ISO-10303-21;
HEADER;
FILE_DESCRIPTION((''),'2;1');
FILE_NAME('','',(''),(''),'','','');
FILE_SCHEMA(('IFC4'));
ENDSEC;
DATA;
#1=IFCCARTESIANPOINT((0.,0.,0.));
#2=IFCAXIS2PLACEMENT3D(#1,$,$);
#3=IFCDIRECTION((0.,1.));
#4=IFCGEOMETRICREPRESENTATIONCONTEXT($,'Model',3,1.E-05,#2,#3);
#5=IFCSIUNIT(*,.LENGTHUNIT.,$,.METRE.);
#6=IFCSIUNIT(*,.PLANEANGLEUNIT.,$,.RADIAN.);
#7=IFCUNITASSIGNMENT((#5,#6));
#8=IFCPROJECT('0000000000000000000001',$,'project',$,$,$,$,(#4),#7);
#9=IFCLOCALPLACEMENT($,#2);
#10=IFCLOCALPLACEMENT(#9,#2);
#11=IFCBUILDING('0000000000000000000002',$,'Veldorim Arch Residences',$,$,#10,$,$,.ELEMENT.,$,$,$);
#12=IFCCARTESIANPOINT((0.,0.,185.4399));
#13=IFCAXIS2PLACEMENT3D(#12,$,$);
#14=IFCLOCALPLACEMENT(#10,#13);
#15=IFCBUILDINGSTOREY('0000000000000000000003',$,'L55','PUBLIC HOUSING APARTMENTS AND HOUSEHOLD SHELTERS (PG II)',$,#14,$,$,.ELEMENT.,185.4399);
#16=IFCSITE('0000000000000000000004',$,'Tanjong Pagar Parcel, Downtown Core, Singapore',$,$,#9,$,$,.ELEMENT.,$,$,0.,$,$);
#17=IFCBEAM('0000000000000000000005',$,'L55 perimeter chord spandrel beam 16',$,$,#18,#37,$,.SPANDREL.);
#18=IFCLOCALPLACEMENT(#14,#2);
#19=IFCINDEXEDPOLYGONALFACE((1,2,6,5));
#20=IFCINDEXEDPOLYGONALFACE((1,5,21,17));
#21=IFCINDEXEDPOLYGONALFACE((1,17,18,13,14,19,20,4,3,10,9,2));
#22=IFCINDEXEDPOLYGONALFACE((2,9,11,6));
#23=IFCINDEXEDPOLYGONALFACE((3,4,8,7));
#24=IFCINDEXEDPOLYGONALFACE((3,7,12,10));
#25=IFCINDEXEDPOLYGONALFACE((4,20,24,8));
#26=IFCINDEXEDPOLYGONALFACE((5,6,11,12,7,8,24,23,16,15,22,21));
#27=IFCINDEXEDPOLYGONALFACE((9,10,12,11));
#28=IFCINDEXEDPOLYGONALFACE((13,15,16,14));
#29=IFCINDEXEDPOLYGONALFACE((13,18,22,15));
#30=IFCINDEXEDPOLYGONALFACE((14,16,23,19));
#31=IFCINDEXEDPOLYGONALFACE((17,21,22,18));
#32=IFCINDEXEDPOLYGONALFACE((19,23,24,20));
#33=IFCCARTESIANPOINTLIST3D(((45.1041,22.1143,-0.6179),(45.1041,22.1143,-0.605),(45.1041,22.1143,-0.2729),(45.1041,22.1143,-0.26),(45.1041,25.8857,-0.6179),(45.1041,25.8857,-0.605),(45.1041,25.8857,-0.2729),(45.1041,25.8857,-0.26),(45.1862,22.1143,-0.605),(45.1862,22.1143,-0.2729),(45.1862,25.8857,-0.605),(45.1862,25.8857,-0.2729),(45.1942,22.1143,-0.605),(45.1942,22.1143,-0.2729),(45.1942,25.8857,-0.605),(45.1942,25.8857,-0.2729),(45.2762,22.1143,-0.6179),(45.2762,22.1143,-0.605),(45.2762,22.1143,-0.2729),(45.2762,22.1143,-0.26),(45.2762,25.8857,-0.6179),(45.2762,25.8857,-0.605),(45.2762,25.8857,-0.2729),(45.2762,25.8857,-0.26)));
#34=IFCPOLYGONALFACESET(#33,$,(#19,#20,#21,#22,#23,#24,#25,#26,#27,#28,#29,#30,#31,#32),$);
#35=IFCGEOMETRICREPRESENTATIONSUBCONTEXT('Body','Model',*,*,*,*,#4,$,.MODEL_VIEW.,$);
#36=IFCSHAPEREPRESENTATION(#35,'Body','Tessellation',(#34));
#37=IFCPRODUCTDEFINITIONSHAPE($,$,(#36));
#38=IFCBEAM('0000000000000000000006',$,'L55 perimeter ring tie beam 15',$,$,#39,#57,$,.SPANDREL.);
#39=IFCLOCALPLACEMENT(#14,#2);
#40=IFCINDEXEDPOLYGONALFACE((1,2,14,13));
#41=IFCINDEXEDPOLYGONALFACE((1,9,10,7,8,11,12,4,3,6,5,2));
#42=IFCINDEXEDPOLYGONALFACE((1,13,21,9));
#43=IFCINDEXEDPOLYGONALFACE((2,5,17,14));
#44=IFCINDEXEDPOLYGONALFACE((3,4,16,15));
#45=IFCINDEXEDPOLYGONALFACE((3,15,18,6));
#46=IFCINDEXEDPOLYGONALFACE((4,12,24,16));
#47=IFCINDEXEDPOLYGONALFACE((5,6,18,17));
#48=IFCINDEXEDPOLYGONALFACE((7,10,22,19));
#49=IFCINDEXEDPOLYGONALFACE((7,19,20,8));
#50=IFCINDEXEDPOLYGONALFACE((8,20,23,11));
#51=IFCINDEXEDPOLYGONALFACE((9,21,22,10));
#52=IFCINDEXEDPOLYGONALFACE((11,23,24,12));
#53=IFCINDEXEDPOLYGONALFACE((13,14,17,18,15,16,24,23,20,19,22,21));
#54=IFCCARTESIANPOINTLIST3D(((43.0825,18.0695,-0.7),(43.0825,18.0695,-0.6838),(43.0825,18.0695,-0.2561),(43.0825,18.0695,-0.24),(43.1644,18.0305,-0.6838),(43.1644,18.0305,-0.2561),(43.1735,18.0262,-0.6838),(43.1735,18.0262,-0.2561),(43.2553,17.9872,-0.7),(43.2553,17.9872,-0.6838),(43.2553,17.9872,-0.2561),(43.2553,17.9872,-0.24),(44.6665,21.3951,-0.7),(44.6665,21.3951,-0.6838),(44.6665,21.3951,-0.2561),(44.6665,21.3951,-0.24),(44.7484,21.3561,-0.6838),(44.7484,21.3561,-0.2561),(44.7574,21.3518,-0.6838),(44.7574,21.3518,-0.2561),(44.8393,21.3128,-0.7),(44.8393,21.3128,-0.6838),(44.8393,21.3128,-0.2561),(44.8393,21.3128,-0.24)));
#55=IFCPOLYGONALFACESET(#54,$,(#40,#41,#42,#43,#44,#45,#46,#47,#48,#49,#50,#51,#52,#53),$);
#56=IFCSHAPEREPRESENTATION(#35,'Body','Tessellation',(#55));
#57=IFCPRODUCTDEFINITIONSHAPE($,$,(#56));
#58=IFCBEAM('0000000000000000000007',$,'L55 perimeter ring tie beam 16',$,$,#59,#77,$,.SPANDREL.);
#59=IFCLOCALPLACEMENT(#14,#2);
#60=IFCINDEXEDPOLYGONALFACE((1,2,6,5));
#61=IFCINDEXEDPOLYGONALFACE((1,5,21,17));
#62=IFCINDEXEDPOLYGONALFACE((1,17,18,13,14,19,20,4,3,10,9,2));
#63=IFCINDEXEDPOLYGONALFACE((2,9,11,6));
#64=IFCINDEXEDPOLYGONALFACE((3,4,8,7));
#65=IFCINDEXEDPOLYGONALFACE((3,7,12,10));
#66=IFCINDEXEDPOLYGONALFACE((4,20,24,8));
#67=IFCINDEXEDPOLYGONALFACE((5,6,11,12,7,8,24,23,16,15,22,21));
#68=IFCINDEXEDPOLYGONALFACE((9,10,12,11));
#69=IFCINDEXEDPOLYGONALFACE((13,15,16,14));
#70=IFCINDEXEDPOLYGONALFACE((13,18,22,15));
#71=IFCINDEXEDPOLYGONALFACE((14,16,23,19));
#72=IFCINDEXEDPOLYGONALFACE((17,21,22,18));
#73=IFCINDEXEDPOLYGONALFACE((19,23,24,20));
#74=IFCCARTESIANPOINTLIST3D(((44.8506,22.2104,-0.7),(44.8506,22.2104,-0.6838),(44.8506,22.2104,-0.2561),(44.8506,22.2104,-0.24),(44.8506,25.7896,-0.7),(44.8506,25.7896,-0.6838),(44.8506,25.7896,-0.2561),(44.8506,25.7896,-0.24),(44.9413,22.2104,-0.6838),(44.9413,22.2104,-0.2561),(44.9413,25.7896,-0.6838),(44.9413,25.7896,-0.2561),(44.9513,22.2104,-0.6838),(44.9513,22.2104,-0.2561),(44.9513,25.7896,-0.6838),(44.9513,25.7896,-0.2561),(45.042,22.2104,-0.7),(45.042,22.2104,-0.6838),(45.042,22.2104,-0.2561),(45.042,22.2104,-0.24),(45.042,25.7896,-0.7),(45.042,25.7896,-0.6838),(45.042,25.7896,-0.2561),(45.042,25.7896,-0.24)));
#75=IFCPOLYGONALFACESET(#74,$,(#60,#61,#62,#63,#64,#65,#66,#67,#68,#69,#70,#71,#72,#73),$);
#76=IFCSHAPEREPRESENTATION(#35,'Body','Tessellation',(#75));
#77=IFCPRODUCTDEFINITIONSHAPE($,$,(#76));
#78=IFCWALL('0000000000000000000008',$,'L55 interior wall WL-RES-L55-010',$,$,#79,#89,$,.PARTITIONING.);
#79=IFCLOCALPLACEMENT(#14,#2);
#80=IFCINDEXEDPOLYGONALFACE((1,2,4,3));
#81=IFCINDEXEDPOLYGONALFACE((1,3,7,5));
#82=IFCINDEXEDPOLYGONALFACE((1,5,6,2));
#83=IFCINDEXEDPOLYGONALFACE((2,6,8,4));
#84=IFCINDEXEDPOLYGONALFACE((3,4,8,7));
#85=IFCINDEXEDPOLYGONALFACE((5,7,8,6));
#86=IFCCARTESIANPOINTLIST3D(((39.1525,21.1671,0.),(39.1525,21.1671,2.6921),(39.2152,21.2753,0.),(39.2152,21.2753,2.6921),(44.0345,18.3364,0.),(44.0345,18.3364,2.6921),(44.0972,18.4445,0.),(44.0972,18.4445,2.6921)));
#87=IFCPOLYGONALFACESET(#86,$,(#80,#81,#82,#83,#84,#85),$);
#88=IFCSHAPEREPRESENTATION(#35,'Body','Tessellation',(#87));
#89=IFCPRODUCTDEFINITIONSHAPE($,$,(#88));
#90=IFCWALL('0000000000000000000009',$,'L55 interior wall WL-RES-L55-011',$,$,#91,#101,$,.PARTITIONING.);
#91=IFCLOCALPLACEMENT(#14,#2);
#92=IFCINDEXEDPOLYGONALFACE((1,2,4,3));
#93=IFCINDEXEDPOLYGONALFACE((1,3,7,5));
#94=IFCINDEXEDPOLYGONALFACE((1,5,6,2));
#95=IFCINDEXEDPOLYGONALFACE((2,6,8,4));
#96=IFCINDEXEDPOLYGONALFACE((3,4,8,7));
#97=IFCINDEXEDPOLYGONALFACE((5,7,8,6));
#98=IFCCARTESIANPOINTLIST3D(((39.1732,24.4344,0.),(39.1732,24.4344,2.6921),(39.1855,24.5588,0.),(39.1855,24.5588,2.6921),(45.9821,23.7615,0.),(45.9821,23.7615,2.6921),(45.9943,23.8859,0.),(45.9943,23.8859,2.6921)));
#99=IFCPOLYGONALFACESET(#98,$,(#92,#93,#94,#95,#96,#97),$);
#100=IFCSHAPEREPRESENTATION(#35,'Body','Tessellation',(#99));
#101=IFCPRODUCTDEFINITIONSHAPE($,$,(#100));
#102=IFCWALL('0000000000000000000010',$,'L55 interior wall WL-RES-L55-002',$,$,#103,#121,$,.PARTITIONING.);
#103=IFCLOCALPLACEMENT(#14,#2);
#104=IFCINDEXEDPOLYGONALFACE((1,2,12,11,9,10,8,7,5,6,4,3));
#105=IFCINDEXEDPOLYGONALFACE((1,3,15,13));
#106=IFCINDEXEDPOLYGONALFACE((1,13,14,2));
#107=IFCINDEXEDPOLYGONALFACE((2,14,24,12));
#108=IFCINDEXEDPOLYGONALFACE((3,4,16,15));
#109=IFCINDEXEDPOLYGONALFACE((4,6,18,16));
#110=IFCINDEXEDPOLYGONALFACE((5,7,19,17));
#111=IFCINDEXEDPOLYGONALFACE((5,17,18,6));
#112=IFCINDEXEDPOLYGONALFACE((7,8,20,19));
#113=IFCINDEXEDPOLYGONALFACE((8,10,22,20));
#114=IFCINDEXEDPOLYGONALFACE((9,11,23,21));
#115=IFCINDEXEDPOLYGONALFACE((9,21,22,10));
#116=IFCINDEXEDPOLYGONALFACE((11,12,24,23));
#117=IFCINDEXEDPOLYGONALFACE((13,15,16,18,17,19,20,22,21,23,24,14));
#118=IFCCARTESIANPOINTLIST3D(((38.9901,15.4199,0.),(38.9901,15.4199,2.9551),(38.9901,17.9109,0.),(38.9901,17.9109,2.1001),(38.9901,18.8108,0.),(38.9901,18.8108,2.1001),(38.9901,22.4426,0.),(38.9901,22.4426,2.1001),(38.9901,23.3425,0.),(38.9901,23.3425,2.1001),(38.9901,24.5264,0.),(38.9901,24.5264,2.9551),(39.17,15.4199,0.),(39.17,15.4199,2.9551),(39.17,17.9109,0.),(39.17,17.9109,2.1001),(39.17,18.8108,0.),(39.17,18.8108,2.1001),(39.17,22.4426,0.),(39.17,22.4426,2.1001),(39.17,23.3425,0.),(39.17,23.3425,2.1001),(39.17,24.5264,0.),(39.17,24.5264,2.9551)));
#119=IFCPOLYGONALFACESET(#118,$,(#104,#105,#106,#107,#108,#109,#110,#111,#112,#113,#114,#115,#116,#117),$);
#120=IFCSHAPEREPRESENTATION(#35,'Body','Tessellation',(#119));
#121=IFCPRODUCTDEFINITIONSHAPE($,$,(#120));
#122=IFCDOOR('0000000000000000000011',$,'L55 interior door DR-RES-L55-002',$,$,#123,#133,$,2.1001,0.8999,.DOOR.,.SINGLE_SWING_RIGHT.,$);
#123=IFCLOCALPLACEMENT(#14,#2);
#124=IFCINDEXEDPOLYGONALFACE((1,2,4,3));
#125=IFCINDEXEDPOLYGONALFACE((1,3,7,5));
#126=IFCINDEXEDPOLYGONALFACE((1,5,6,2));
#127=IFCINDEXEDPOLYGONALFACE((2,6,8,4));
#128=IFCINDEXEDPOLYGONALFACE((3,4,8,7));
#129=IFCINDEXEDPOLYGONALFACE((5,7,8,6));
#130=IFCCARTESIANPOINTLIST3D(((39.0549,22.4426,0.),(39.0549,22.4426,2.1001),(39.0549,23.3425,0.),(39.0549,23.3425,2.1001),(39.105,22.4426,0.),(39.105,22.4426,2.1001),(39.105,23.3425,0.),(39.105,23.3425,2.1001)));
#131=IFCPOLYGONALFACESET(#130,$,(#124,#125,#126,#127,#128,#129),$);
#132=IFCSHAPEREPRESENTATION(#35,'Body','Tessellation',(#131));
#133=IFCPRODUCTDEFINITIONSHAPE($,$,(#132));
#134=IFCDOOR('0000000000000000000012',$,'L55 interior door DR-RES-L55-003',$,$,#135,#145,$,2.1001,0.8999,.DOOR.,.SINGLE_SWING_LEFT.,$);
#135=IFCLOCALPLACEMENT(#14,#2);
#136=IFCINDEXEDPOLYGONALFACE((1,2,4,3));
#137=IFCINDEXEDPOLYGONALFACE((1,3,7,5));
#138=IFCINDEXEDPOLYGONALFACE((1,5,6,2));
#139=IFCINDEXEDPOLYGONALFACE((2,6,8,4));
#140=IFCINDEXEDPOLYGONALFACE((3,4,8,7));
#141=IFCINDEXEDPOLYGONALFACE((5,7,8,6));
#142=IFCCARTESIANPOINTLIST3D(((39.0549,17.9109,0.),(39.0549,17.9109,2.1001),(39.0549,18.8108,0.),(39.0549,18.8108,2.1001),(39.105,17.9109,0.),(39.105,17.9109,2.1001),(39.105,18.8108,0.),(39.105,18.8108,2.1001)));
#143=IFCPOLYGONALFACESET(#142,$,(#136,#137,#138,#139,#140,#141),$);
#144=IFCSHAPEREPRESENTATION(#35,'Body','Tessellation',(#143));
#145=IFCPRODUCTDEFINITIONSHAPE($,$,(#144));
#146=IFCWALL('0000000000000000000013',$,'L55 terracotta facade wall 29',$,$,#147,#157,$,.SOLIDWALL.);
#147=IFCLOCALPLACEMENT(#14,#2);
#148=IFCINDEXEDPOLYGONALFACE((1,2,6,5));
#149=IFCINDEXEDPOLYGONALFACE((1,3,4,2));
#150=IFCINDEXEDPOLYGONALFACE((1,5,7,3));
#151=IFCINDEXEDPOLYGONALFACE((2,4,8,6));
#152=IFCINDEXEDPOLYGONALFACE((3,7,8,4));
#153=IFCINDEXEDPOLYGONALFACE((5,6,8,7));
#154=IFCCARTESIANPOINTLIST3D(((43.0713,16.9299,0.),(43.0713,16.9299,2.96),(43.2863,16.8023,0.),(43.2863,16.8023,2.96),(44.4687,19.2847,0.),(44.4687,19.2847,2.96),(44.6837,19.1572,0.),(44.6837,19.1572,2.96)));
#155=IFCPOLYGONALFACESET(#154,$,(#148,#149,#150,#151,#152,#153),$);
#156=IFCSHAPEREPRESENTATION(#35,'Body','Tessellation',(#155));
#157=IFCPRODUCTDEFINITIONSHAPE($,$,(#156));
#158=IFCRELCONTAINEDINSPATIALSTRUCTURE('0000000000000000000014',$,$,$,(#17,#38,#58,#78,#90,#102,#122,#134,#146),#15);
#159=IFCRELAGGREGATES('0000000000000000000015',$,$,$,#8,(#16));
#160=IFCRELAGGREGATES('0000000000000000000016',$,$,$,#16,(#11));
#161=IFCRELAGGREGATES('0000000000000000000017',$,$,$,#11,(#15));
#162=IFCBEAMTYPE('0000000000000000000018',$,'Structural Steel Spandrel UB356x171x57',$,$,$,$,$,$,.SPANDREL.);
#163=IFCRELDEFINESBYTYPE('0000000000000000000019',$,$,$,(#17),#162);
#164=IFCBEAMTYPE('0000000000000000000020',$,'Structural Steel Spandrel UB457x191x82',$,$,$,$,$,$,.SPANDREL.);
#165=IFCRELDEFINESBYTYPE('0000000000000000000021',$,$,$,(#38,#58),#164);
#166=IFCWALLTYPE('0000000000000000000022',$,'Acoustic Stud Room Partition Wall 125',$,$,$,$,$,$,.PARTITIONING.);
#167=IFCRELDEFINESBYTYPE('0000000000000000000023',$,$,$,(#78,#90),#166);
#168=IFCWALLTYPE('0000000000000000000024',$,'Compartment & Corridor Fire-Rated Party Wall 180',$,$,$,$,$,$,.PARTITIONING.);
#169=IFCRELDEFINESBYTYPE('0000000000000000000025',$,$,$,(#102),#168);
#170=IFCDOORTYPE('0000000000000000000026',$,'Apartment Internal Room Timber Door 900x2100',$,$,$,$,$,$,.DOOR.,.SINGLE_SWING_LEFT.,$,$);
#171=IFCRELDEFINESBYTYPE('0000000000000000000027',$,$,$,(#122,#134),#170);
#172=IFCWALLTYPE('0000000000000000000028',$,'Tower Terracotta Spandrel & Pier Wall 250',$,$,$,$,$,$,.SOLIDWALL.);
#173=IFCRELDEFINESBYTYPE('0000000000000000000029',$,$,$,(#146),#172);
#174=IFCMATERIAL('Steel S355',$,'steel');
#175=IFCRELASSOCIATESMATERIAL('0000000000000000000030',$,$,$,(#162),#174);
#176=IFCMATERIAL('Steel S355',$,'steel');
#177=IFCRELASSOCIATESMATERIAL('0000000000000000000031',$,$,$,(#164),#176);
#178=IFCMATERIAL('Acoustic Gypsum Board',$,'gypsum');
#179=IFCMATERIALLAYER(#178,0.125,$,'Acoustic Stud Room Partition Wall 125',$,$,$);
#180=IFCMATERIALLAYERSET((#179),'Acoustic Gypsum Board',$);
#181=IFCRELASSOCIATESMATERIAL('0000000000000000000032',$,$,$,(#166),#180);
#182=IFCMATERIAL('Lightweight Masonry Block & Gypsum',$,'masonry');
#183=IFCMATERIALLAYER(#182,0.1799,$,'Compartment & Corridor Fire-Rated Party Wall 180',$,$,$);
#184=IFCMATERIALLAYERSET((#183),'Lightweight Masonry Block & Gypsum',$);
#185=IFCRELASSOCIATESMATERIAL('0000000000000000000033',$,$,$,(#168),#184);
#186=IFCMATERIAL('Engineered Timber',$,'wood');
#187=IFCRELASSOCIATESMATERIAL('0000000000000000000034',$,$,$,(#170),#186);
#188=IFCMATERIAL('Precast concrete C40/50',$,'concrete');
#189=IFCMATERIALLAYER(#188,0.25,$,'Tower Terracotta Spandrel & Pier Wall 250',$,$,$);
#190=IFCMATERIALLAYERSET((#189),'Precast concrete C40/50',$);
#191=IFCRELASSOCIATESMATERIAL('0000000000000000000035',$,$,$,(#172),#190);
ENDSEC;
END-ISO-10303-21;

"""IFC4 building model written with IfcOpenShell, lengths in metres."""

from ifc_helpers import new_model, si_unit, direction, frame, frame_2d, origin, origin_2d, place, context, subcontext, project, spatial, rectangle, i_section, extrude, material, layer, layer_set, material_profile, profile_set, type_object, element, fill, save


model = new_model("IFC4")

# Units and contexts
model_context = context("Model", 3, precision=1e-05, world=origin(), true_north=direction((0.0, 1.0)))
body_context = subcontext(model_context, "Body", "Model", "MODEL_VIEW")
ifc_project = project(units=[si_unit("LENGTHUNIT", "METRE"), si_unit("PLANEANGLEUNIT", "RADIAN")], contexts=[model_context])

# Site, building, storey
site_placement = place(None, origin())
site = spatial("IfcSite", under=ifc_project, at=site_placement, Name="Tanjong Pagar Parcel, Downtown Core, Singapore", CompositionType="ELEMENT", RefElevation=0.0)
building_placement = place(site_placement, origin())
building = spatial("IfcBuilding", under=site, at=building_placement, Name="Veldorim Arch Residences", CompositionType="ELEMENT")
storey_placement = place(building_placement, frame((0.0, 0.0, 185.4399)))
storey = spatial("IfcBuildingStorey", under=building, at=storey_placement, Name="L55", Description="PUBLIC HOUSING APARTMENTS AND HOUSEHOLD SHELTERS (PG II)", CompositionType="ELEMENT", Elevation=185.4399)

# Beams
ifc_material_1 = material(Name="Steel S355", Category="steel")
ifc_material_profile_1 = material_profile(ifc_material_1, i_section(OverallWidth=0.1721, OverallDepth=0.3579, WebThickness=0.0081, FlangeThickness=0.0129, at=origin_2d()), Name="UB356x171x57")
ifc_profile_set_1 = profile_set([ifc_material_profile_1], Name="Steel S355")
beam_type_1 = type_object("IfcBeamType", Name="Structural Steel Spandrel UB356x171x57", PredefinedType="SPANDREL", material=ifc_profile_set_1)
beam_1_placement = place(storey_placement, frame((45.1902, 22.1143, -0.439), z_axis=(0.0, 1.0, 0.0), x_axis=(-1.0, 0.0, 0.0)))
element("IfcBeam", 1, at=beam_1_placement, inside=storey, type_object=beam_type_1, Name="L55 perimeter chord spandrel beam 16", PredefinedType="SPANDREL", context=body_context, shape_type="SweptSolid", body=[
    extrude(i_section(OverallWidth=0.1721, OverallDepth=0.3579, WebThickness=0.0081, FlangeThickness=0.0129, at=origin_2d()), origin(), (0.0, 0.0, 1.0), 3.7715),
])
ifc_material_2 = material(Name="Steel S355", Category="steel")
ifc_material_profile_2 = material_profile(ifc_material_2, i_section(OverallWidth=0.1914, OverallDepth=0.46, WebThickness=0.01, FlangeThickness=0.0161, at=origin_2d()), Name="UB457x191x82")
ifc_profile_set_2 = profile_set([ifc_material_profile_2], Name="Steel S355")
beam_type_2 = type_object("IfcBeamType", Name="Structural Steel Spandrel UB457x191x82", PredefinedType="SPANDREL", material=ifc_profile_set_2)
beam_2_placement = place(storey_placement, frame((43.1689, 18.0283, -0.47), z_axis=(0.430006, 0.902826, 0.0), x_axis=(-0.902826, 0.430006, 0.0)))
element("IfcBeam", 2, at=beam_2_placement, inside=storey, type_object=beam_type_2, Name="L55 perimeter ring tie beam 15", PredefinedType="SPANDREL", context=body_context, shape_type="SweptSolid", body=[
    extrude(i_section(OverallWidth=0.1914, OverallDepth=0.46, WebThickness=0.01, FlangeThickness=0.0161, at=origin_2d()), origin(), (0.0, 0.0, 1.0), 3.6836),
])
beam_3_placement = place(storey_placement, frame((44.9463, 22.2104, -0.47), z_axis=(0.0, 1.0, 0.0), x_axis=(-1.0, 0.0, 0.0)))
element("IfcBeam", 3, at=beam_3_placement, inside=storey, type_object=beam_type_2, Name="L55 perimeter ring tie beam 16", PredefinedType="SPANDREL", context=body_context, shape_type="SweptSolid", body=[
    extrude(i_section(OverallWidth=0.1914, OverallDepth=0.46, WebThickness=0.01, FlangeThickness=0.0161, at=origin_2d()), origin(), (0.0, 0.0, 1.0), 3.5791),
])

# Walls
ifc_material_3 = material(Name="Acoustic Gypsum Board", Category="gypsum")
ifc_layer_1 = layer(ifc_material_3, 0.125, Name="Acoustic Stud Room Partition Wall 125")
ifc_layer_set_1 = layer_set([ifc_layer_1], Name="Acoustic Gypsum Board")
wall_type_1 = type_object("IfcWallType", Name="Acoustic Stud Room Partition Wall 125", PredefinedType="PARTITIONING", material=ifc_layer_set_1)
wall_1_placement = place(storey_placement, frame((44.0659, 18.3904, 0.0), z_axis=(0.0, 0.0, 1.0), x_axis=(-0.865092, 0.501613, 0.0)))
element("IfcWall", 4, at=wall_1_placement, inside=storey, type_object=wall_type_1, Name="L55 interior wall WL-RES-L55-010", PredefinedType="PARTITIONING", context=body_context, shape_type="SweptSolid", body=[
    extrude(rectangle(XDim=5.6433, YDim=0.125, at=frame_2d((2.8218, 0.0))), origin(), (0.0, 0.0, 1.0), 2.6921),
])
wall_2_placement = place(storey_placement, frame((39.1794, 24.4966, 0.0), z_axis=(0.0, 0.0, 1.0), x_axis=(0.995153, -0.098341, 0.0)))
element("IfcWall", 5, at=wall_2_placement, inside=storey, type_object=wall_type_1, Name="L55 interior wall WL-RES-L55-011", PredefinedType="PARTITIONING", context=body_context, shape_type="SweptSolid", body=[
    extrude(rectangle(XDim=6.842, YDim=0.125, at=frame_2d((3.4209, 0.0))), origin(), (0.0, 0.0, 1.0), 2.6921),
])

# Wall, openings, doors
ifc_material_4 = material(Name="Lightweight Masonry Block & Gypsum", Category="masonry")
ifc_layer_2 = layer(ifc_material_4, 0.1799, Name="Compartment & Corridor Fire-Rated Party Wall 180")
ifc_layer_set_2 = layer_set([ifc_layer_2], Name="Lightweight Masonry Block & Gypsum")
wall_type_2 = type_object("IfcWallType", Name="Compartment & Corridor Fire-Rated Party Wall 180", PredefinedType="PARTITIONING", material=ifc_layer_set_2)
wall_3_placement = place(storey_placement, frame((39.0801, 24.5264, 0.0), z_axis=(0.0, 0.0, 1.0), x_axis=(0.0, -1.0, 0.0)))
wall_3 = element("IfcWall", 6, at=wall_3_placement, inside=storey, type_object=wall_type_2, Name="L55 interior wall WL-RES-L55-002", PredefinedType="PARTITIONING", context=body_context, shape_type="SweptSolid", body=[
    extrude(rectangle(XDim=9.1064, YDim=0.1799, at=frame_2d((4.5532, 0.0))), origin(), (0.0, 0.0, 1.0), 2.9551),
])
opening_1_placement = place(wall_3_placement, frame((1.1838, 0.0, 0.0)))
opening_1 = element("IfcOpeningElement", 7, at=opening_1_placement, cuts=wall_3, PredefinedType="OPENING", context=body_context, shape_type="SweptSolid", body=[
    extrude(rectangle(XDim=0.8999, YDim=2.1001, at=frame_2d((0.45, 1.05))), frame((0.0, 0.0999, 0.0), z_axis=(0.0, -1.0, 0.0), x_axis=(1.0, 0.0, 0.0)), (0.0, 0.0, 1.0), 0.2),
])
opening_2_placement = place(wall_3_placement, frame((5.7156, 0.0, 0.0)))
opening_2 = element("IfcOpeningElement", 8, at=opening_2_placement, cuts=wall_3, PredefinedType="OPENING", context=body_context, shape_type="SweptSolid", body=[
    extrude(rectangle(XDim=0.8999, YDim=2.1001, at=frame_2d((0.45, 1.05))), frame((0.0, 0.0999, 0.0), z_axis=(0.0, -1.0, 0.0), x_axis=(1.0, 0.0, 0.0)), (0.0, 0.0, 1.0), 0.2),
])
ifc_material_5 = material(Name="Engineered Timber", Category="wood")
door_type = type_object("IfcDoorType", Name="Apartment Internal Room Timber Door 900x2100", OperationType="SINGLE_SWING_LEFT", PredefinedType="DOOR", material=ifc_material_5)
door_1_placement = place(opening_1_placement, origin())
door_1 = element("IfcDoor", 9, at=door_1_placement, inside=storey, type_object=door_type, Name="L55 interior door DR-RES-L55-002", OperationType="SINGLE_SWING_RIGHT", OverallHeight=2.1001, OverallWidth=0.8999, PredefinedType="DOOR", context=body_context, shape_type="SweptSolid", body=[
    extrude(rectangle(XDim=0.8999, YDim=2.1001, at=frame_2d((0.45, 1.05))), frame((0.0, 0.0249, 0.0), z_axis=(0.0, -1.0, 0.0), x_axis=(1.0, 0.0, 0.0)), (0.0, 0.0, 1.0), 0.05),
])
fill(opening_1, door_1)
door_2_placement = place(opening_2_placement, origin())
door_2 = element("IfcDoor", 10, at=door_2_placement, inside=storey, type_object=door_type, Name="L55 interior door DR-RES-L55-003", OperationType="SINGLE_SWING_LEFT", OverallHeight=2.1001, OverallWidth=0.8999, PredefinedType="DOOR", context=body_context, shape_type="SweptSolid", body=[
    extrude(rectangle(XDim=0.8999, YDim=2.1001, at=frame_2d((0.45, 1.05))), frame((0.0, 0.0249, 0.0), z_axis=(0.0, -1.0, 0.0), x_axis=(1.0, 0.0, 0.0)), (0.0, 0.0, 1.0), 0.05),
])
fill(opening_2, door_2)

# Wall
ifc_material_6 = material(Name="Precast concrete C40/50", Category="concrete")
ifc_layer_3 = layer(ifc_material_6, 0.25, Name="Tower Terracotta Spandrel & Pier Wall 250")
ifc_layer_set_3 = layer_set([ifc_layer_3], Name="Precast concrete C40/50")
wall_type_3 = type_object("IfcWallType", Name="Tower Terracotta Spandrel & Pier Wall 250", PredefinedType="SOLIDWALL", material=ifc_layer_set_3)
wall_4_placement = place(storey_placement, frame((44.5762, 19.2209, 0.0), z_axis=(0.0, 0.0, 1.0), x_axis=(-0.51032, -0.859984, 0.0)))
element("IfcWall", 11, at=wall_4_placement, inside=storey, type_object=wall_type_3, Name="L55 terracotta facade wall 29", PredefinedType="SOLIDWALL", context=body_context, shape_type="SweptSolid", body=[
    extrude(rectangle(XDim=2.7383, YDim=0.25, at=frame_2d((1.3691, 0.0))), origin(), (0.0, 0.0, 1.0), 2.96),
])

save(model, "model.ifc")
